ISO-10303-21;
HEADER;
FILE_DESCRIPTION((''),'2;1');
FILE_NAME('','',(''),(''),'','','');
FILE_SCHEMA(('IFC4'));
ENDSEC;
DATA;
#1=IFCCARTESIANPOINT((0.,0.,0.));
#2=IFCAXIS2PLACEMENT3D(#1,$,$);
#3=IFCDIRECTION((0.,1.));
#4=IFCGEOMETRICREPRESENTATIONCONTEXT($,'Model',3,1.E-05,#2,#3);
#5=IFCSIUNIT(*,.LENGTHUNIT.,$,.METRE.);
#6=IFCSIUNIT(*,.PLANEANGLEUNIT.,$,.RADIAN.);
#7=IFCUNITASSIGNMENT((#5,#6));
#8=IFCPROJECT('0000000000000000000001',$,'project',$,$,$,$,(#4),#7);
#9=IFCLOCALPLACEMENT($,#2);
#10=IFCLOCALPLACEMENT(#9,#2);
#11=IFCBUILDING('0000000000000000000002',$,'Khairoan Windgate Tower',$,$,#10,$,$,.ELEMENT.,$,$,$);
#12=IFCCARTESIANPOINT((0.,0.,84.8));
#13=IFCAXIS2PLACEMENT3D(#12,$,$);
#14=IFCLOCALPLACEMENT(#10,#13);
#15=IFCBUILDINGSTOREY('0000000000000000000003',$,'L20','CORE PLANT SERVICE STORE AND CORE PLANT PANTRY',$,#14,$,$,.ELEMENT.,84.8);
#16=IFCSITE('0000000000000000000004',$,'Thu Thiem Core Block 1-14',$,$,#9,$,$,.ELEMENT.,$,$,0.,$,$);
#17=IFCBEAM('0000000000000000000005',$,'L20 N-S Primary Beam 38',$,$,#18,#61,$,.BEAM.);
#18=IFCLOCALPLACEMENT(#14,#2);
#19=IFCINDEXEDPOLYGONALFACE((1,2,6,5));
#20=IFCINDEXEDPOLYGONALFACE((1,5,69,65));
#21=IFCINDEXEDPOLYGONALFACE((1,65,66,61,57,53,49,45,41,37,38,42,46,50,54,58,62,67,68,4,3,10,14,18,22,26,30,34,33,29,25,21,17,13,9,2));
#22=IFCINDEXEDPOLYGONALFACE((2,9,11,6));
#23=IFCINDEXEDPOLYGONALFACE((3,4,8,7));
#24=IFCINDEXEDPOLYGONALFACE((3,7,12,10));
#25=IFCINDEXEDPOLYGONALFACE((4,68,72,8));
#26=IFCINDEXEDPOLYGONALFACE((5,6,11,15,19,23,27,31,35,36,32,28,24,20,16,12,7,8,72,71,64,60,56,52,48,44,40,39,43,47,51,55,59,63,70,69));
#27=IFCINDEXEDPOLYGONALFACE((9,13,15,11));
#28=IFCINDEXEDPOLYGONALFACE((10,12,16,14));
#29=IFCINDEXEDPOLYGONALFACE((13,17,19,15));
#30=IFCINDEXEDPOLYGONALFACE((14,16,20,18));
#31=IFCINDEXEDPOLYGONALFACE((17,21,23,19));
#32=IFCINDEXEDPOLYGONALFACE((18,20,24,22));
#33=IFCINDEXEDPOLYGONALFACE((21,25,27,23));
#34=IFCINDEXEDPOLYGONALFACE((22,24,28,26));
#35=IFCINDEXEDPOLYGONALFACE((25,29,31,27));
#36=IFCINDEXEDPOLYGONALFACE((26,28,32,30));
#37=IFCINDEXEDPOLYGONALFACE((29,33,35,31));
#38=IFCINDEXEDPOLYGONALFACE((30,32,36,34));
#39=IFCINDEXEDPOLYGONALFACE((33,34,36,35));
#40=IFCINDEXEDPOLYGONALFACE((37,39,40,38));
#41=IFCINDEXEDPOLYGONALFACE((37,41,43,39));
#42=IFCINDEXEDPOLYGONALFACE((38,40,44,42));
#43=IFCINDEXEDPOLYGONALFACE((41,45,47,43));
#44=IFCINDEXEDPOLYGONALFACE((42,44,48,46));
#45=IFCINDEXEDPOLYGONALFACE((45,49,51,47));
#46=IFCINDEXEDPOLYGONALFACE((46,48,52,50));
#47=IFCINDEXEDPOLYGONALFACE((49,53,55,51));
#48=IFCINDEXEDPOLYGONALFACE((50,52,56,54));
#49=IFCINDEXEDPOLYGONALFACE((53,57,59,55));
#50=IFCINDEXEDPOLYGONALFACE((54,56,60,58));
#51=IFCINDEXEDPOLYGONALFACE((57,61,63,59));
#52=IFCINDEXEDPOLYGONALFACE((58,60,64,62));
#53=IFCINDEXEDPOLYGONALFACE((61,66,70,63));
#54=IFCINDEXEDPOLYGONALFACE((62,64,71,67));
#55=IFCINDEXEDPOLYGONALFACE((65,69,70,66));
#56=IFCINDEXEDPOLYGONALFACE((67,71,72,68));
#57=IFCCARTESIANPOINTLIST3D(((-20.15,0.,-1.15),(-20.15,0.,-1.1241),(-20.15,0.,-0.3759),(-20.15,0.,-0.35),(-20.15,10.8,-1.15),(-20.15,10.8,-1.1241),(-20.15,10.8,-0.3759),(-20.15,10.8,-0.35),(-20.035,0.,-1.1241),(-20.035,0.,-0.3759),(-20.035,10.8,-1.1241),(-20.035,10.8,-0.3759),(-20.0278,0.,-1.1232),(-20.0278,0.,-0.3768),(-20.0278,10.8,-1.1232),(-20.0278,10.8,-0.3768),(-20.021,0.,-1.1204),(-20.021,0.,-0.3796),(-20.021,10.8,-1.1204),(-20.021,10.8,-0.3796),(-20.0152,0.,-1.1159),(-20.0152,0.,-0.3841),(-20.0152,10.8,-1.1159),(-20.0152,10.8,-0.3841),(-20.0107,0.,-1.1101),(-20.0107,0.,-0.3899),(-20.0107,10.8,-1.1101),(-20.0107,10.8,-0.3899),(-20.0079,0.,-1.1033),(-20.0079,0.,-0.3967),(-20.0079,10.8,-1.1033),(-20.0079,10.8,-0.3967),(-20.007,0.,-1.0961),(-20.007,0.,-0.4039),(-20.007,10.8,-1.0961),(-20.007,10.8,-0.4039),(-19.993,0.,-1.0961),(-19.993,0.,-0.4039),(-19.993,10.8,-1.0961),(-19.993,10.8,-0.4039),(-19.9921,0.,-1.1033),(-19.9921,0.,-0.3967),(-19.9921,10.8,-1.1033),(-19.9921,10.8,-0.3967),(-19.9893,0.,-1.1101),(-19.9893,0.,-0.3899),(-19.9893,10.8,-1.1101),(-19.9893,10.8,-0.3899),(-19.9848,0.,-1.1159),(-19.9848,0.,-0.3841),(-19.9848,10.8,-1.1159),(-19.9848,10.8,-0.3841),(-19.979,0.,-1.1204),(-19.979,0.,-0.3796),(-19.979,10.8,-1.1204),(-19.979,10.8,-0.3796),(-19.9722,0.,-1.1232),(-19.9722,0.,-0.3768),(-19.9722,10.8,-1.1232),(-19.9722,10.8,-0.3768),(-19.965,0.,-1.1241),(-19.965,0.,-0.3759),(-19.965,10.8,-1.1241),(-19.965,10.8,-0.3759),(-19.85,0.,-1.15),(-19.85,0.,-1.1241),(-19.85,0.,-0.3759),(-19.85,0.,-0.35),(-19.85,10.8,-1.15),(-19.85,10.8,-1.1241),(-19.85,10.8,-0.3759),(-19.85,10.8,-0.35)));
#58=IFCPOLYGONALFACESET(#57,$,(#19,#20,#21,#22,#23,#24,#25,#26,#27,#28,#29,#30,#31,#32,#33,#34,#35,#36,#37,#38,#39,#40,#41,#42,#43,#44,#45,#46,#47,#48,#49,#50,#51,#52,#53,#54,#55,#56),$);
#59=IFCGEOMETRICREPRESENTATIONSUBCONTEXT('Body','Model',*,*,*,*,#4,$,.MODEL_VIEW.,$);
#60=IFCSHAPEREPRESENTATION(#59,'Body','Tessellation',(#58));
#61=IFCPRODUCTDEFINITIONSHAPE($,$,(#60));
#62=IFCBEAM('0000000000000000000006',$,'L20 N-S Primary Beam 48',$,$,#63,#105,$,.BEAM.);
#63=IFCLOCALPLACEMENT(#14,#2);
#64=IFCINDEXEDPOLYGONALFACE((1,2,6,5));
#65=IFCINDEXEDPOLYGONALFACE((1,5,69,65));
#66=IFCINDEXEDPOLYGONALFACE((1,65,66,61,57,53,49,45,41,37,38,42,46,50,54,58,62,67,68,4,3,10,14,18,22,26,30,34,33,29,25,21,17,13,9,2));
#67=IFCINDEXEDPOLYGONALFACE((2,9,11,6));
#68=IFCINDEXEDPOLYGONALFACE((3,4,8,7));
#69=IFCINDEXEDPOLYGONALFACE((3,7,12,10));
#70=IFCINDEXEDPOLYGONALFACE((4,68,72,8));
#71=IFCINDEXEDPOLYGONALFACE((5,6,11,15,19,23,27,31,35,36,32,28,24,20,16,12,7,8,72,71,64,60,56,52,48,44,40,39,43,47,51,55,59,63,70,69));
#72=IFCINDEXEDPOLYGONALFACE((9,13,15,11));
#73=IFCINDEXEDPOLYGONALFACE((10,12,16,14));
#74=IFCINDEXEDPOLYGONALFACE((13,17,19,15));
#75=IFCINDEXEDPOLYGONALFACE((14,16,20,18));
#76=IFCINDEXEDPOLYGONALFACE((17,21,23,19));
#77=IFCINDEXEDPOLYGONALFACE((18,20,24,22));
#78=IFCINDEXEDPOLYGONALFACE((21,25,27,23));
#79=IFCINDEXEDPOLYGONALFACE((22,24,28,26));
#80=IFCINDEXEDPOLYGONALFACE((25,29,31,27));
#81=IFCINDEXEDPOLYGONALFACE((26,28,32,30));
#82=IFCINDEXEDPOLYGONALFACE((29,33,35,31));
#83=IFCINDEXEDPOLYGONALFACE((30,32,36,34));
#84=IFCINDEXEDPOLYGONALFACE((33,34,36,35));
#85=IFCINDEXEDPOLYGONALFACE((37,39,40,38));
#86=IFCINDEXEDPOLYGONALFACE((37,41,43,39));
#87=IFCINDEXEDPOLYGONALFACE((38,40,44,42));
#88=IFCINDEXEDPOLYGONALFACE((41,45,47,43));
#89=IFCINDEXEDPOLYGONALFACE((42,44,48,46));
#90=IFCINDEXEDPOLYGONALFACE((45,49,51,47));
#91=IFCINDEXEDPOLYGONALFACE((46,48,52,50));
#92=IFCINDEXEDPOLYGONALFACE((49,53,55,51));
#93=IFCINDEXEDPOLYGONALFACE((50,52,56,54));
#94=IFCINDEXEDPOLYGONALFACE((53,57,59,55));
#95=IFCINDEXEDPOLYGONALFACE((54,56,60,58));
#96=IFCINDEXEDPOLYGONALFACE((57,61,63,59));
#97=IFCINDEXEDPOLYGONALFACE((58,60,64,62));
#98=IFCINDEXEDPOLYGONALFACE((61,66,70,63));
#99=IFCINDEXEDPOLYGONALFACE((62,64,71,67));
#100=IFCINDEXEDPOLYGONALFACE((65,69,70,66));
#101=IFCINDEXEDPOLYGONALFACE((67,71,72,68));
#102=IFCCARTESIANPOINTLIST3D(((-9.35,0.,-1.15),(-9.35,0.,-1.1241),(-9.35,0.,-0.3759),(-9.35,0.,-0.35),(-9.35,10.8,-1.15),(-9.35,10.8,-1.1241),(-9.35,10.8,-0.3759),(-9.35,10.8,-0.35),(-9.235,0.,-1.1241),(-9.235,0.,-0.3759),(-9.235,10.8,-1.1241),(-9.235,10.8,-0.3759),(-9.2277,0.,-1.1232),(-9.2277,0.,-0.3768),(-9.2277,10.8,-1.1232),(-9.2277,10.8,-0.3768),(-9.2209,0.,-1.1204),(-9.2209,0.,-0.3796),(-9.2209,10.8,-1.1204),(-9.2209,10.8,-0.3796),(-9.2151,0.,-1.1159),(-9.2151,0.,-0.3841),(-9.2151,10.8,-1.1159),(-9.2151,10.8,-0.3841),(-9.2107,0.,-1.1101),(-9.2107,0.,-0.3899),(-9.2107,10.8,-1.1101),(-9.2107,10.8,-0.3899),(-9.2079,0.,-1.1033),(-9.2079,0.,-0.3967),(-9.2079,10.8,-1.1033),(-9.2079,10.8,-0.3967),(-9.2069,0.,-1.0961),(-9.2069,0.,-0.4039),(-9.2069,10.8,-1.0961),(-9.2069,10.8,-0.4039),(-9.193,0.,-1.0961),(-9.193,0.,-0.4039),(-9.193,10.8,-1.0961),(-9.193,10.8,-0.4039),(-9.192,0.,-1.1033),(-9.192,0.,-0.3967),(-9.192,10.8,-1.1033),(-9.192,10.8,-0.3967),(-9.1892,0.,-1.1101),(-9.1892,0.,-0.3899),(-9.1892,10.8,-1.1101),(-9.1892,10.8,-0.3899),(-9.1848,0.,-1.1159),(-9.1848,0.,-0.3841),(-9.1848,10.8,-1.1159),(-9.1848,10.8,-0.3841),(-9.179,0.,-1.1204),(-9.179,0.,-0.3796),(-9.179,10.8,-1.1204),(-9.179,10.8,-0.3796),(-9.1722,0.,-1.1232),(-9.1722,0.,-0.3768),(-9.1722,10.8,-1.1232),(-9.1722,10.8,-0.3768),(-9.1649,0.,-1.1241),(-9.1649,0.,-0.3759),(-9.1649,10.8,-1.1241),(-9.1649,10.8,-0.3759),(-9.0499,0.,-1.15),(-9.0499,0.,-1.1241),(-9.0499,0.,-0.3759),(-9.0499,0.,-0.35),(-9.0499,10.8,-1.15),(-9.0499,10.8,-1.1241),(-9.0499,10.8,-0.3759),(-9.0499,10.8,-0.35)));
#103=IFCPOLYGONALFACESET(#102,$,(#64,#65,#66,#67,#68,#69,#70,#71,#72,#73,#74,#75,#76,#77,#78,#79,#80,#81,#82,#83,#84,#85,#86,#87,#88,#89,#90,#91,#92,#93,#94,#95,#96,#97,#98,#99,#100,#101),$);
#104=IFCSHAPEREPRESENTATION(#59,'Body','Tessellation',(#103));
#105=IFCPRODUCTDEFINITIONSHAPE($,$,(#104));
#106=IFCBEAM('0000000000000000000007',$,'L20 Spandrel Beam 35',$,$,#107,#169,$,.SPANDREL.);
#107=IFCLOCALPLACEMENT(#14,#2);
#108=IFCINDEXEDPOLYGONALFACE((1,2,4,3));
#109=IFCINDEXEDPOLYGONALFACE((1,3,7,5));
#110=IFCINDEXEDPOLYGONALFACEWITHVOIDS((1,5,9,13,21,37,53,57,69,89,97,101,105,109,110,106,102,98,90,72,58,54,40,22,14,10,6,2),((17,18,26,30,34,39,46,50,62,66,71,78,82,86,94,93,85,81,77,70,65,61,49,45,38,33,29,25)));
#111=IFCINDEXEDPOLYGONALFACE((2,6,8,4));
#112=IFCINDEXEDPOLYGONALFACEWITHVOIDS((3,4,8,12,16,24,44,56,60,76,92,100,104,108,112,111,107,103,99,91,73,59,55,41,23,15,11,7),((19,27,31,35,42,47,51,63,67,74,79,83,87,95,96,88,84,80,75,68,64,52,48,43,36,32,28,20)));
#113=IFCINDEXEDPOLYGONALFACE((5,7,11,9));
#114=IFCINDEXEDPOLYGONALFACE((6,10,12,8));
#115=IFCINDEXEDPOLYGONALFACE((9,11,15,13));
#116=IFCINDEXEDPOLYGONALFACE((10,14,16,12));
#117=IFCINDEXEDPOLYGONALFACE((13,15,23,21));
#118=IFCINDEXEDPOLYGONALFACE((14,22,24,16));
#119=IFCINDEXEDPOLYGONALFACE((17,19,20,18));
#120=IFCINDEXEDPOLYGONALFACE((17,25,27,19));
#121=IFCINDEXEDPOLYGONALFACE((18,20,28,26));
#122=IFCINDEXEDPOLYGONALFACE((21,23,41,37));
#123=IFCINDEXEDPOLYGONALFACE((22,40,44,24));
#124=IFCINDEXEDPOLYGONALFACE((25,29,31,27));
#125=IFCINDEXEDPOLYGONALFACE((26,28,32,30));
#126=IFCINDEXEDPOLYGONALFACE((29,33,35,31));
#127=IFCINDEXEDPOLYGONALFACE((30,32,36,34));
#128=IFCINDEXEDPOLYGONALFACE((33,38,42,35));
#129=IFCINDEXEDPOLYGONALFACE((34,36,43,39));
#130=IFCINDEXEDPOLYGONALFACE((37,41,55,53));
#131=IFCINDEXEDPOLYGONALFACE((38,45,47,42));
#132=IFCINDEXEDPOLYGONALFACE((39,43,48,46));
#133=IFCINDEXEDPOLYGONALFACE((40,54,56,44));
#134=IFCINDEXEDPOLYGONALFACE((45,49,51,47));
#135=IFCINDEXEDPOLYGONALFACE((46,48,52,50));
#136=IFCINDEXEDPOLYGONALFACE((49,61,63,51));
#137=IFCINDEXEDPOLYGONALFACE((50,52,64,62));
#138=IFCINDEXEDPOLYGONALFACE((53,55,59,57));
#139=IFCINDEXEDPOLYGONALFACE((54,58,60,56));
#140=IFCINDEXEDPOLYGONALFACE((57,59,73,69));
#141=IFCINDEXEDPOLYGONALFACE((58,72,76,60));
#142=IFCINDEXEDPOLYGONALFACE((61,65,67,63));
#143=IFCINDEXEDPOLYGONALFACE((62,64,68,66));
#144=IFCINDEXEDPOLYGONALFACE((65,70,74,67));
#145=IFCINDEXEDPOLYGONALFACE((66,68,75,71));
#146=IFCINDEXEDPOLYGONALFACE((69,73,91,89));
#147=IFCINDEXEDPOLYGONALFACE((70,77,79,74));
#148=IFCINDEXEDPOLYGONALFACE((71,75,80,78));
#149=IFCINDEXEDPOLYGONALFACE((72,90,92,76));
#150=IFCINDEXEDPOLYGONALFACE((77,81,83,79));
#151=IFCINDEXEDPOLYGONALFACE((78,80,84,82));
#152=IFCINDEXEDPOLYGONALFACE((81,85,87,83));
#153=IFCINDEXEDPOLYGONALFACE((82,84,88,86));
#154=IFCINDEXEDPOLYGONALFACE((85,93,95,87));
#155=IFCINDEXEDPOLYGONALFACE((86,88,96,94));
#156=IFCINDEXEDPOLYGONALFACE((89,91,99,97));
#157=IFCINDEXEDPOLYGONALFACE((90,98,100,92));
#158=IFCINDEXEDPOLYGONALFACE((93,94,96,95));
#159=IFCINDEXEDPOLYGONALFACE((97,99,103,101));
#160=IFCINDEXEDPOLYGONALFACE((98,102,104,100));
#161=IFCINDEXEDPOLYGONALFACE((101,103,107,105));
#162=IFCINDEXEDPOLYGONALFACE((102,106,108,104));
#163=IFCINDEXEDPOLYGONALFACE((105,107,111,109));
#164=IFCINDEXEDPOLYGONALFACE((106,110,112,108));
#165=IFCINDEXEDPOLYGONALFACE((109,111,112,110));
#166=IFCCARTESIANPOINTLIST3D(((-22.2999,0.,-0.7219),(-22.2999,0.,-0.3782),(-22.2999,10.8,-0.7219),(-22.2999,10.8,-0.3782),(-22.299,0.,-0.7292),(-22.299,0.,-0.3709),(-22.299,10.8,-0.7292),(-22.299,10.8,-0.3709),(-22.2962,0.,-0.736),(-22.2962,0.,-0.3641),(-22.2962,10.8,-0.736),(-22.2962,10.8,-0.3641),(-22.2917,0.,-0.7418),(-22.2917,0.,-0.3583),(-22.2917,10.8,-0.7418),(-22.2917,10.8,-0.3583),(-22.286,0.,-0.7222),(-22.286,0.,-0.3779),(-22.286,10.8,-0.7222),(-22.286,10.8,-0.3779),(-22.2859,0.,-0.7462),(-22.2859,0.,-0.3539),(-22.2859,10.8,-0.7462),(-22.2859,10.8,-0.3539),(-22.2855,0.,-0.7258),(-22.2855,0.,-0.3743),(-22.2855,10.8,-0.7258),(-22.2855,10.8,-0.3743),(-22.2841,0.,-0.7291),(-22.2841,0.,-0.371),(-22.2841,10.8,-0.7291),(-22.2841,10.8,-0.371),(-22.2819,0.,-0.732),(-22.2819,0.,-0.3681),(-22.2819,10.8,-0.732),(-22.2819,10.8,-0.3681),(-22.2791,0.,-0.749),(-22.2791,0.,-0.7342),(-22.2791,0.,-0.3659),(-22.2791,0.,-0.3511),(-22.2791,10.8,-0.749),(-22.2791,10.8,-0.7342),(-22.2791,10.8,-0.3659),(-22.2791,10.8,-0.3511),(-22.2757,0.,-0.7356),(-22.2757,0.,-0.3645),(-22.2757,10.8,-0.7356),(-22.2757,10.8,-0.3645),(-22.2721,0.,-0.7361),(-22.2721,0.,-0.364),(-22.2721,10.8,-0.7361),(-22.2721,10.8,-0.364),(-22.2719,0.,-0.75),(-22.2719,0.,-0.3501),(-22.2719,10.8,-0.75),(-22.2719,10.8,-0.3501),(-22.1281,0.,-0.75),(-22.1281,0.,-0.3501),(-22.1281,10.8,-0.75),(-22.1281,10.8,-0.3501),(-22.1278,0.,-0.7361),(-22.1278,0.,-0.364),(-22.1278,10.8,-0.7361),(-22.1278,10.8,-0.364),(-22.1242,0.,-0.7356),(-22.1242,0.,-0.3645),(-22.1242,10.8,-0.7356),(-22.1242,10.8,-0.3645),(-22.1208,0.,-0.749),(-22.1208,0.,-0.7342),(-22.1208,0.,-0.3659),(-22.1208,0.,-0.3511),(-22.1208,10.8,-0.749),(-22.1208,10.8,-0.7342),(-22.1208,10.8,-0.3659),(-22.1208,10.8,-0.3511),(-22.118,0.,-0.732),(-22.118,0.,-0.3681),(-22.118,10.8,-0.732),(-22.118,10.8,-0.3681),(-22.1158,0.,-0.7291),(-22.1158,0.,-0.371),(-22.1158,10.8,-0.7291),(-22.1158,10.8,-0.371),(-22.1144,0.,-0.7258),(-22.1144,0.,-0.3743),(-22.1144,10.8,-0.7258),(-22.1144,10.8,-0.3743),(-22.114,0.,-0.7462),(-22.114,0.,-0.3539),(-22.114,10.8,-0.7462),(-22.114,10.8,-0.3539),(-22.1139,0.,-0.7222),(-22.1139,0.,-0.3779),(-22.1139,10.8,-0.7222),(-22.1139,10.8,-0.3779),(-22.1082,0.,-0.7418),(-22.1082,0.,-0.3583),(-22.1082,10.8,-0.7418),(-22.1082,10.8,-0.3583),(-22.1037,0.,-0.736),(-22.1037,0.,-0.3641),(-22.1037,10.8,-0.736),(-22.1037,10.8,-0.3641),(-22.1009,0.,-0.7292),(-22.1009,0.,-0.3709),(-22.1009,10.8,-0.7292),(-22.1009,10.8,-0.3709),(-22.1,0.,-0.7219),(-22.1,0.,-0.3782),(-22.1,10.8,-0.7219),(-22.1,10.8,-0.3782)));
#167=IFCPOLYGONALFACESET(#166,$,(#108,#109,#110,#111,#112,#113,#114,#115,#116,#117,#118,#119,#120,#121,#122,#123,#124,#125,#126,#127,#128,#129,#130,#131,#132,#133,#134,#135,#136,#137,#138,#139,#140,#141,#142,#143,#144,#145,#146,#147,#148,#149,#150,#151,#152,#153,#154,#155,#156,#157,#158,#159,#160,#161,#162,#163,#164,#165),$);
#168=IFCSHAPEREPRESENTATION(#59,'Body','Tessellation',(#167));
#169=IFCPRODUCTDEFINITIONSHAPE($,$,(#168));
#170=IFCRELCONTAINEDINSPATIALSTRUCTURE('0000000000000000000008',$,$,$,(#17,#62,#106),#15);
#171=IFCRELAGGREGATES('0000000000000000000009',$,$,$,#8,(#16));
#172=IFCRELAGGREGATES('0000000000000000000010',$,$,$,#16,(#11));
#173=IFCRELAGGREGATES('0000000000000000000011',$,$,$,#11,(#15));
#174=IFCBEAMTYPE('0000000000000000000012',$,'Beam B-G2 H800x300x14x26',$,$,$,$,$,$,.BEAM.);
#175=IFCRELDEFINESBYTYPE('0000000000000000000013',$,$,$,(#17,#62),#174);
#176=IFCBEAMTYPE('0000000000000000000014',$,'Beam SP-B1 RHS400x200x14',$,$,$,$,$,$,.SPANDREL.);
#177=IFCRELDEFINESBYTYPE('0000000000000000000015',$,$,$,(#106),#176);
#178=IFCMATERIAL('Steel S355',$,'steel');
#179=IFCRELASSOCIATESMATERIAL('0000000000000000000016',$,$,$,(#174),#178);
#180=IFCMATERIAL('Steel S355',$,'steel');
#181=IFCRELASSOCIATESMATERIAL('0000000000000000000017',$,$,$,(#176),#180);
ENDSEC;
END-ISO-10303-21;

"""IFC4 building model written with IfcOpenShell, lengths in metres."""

from ifc_helpers import new_model, si_unit, direction, frame, origin, origin_2d, place, context, subcontext, project, spatial, hollow_rectangle, i_section, extrude, material, material_profile, profile_set, type_object, element, save


model = new_model("IFC4")

# Units and contexts
model_context = context("Model", 3, precision=1e-05, world=origin(), true_north=direction((0.0, 1.0)))
body_context = subcontext(model_context, "Body", "Model", "MODEL_VIEW")
ifc_project = project(units=[si_unit("LENGTHUNIT", "METRE"), si_unit("PLANEANGLEUNIT", "RADIAN")], contexts=[model_context])

# Site, building, storey
site_placement = place(None, origin())
site = spatial("IfcSite", under=ifc_project, at=site_placement, Name="Thu Thiem Core Block 1-14", CompositionType="ELEMENT", RefElevation=0.0)
building_placement = place(site_placement, origin())
building = spatial("IfcBuilding", under=site, at=building_placement, Name="Khairoan Windgate Tower", CompositionType="ELEMENT")
storey_placement = place(building_placement, frame((0.0, 0.0, 84.8)))
storey = spatial("IfcBuildingStorey", under=building, at=storey_placement, Name="L20", Description="CORE PLANT SERVICE STORE AND CORE PLANT PANTRY", CompositionType="ELEMENT", Elevation=84.8)

# Beams
ifc_material_1 = material(Name="Steel S355", Category="steel")
ifc_material_profile_1 = material_profile(ifc_material_1, i_section(OverallWidth=0.3, OverallDepth=0.8, WebThickness=0.0139, FlangeThickness=0.0259, FilletRadius=0.0281, at=origin_2d()))
ifc_profile_set_1 = profile_set([ifc_material_profile_1], Name="Steel S355")
beam_type_1 = type_object("IfcBeamType", Name="Beam B-G2 H800x300x14x26", PredefinedType="BEAM", material=ifc_profile_set_1)
for number, where, z_axis, x_axis, name in (
    (1, (-20.0, 0.0, -0.75), (0.0, 1.0, 0.0), (-1.0, 0.0, 0.0), "L20 N-S Primary Beam 38"),
    (2, (-9.2, 0.0, -0.75), (0.0, 1.0, 0.0), (-1.0, 0.0, 0.0), "L20 N-S Primary Beam 48"),
):
    element("IfcBeam", number, at=place(storey_placement, frame(where, z_axis=z_axis, x_axis=x_axis)), inside=storey, type_object=beam_type_1, Name=name, PredefinedType="BEAM", context=body_context, shape_type="SweptSolid", body=[
        extrude(i_section(OverallWidth=0.3, OverallDepth=0.8, WebThickness=0.0139, FlangeThickness=0.0259, FilletRadius=0.0281, at=origin_2d()), origin(), (0.0, 0.0, 1.0), 10.8),
    ])
ifc_material_2 = material(Name="Steel S355", Category="steel")
ifc_material_profile_2 = material_profile(ifc_material_2, hollow_rectangle(XDim=0.2, YDim=0.3999, WallThickness=0.0139, InnerFilletRadius=0.0139, OuterFilletRadius=0.0281, at=origin_2d()))
ifc_profile_set_2 = profile_set([ifc_material_profile_2], Name="Steel S355")
beam_type_2 = type_object("IfcBeamType", Name="Beam SP-B1 RHS400x200x14", PredefinedType="SPANDREL", material=ifc_profile_set_2)
beam_1_placement = place(storey_placement, frame((-22.2, 0.0, -0.55), z_axis=(0.0, 1.0, 0.0), x_axis=(-1.0, 0.0, 0.0)))
element("IfcBeam", 3, at=beam_1_placement, inside=storey, type_object=beam_type_2, Name="L20 Spandrel Beam 35", PredefinedType="SPANDREL", context=body_context, shape_type="SweptSolid", body=[
    extrude(hollow_rectangle(XDim=0.2, YDim=0.3999, WallThickness=0.0139, InnerFilletRadius=0.0139, OuterFilletRadius=0.0281, at=origin_2d()), origin(), (0.0, 0.0, 1.0), 10.8),
])

save(model, "model.ifc")
